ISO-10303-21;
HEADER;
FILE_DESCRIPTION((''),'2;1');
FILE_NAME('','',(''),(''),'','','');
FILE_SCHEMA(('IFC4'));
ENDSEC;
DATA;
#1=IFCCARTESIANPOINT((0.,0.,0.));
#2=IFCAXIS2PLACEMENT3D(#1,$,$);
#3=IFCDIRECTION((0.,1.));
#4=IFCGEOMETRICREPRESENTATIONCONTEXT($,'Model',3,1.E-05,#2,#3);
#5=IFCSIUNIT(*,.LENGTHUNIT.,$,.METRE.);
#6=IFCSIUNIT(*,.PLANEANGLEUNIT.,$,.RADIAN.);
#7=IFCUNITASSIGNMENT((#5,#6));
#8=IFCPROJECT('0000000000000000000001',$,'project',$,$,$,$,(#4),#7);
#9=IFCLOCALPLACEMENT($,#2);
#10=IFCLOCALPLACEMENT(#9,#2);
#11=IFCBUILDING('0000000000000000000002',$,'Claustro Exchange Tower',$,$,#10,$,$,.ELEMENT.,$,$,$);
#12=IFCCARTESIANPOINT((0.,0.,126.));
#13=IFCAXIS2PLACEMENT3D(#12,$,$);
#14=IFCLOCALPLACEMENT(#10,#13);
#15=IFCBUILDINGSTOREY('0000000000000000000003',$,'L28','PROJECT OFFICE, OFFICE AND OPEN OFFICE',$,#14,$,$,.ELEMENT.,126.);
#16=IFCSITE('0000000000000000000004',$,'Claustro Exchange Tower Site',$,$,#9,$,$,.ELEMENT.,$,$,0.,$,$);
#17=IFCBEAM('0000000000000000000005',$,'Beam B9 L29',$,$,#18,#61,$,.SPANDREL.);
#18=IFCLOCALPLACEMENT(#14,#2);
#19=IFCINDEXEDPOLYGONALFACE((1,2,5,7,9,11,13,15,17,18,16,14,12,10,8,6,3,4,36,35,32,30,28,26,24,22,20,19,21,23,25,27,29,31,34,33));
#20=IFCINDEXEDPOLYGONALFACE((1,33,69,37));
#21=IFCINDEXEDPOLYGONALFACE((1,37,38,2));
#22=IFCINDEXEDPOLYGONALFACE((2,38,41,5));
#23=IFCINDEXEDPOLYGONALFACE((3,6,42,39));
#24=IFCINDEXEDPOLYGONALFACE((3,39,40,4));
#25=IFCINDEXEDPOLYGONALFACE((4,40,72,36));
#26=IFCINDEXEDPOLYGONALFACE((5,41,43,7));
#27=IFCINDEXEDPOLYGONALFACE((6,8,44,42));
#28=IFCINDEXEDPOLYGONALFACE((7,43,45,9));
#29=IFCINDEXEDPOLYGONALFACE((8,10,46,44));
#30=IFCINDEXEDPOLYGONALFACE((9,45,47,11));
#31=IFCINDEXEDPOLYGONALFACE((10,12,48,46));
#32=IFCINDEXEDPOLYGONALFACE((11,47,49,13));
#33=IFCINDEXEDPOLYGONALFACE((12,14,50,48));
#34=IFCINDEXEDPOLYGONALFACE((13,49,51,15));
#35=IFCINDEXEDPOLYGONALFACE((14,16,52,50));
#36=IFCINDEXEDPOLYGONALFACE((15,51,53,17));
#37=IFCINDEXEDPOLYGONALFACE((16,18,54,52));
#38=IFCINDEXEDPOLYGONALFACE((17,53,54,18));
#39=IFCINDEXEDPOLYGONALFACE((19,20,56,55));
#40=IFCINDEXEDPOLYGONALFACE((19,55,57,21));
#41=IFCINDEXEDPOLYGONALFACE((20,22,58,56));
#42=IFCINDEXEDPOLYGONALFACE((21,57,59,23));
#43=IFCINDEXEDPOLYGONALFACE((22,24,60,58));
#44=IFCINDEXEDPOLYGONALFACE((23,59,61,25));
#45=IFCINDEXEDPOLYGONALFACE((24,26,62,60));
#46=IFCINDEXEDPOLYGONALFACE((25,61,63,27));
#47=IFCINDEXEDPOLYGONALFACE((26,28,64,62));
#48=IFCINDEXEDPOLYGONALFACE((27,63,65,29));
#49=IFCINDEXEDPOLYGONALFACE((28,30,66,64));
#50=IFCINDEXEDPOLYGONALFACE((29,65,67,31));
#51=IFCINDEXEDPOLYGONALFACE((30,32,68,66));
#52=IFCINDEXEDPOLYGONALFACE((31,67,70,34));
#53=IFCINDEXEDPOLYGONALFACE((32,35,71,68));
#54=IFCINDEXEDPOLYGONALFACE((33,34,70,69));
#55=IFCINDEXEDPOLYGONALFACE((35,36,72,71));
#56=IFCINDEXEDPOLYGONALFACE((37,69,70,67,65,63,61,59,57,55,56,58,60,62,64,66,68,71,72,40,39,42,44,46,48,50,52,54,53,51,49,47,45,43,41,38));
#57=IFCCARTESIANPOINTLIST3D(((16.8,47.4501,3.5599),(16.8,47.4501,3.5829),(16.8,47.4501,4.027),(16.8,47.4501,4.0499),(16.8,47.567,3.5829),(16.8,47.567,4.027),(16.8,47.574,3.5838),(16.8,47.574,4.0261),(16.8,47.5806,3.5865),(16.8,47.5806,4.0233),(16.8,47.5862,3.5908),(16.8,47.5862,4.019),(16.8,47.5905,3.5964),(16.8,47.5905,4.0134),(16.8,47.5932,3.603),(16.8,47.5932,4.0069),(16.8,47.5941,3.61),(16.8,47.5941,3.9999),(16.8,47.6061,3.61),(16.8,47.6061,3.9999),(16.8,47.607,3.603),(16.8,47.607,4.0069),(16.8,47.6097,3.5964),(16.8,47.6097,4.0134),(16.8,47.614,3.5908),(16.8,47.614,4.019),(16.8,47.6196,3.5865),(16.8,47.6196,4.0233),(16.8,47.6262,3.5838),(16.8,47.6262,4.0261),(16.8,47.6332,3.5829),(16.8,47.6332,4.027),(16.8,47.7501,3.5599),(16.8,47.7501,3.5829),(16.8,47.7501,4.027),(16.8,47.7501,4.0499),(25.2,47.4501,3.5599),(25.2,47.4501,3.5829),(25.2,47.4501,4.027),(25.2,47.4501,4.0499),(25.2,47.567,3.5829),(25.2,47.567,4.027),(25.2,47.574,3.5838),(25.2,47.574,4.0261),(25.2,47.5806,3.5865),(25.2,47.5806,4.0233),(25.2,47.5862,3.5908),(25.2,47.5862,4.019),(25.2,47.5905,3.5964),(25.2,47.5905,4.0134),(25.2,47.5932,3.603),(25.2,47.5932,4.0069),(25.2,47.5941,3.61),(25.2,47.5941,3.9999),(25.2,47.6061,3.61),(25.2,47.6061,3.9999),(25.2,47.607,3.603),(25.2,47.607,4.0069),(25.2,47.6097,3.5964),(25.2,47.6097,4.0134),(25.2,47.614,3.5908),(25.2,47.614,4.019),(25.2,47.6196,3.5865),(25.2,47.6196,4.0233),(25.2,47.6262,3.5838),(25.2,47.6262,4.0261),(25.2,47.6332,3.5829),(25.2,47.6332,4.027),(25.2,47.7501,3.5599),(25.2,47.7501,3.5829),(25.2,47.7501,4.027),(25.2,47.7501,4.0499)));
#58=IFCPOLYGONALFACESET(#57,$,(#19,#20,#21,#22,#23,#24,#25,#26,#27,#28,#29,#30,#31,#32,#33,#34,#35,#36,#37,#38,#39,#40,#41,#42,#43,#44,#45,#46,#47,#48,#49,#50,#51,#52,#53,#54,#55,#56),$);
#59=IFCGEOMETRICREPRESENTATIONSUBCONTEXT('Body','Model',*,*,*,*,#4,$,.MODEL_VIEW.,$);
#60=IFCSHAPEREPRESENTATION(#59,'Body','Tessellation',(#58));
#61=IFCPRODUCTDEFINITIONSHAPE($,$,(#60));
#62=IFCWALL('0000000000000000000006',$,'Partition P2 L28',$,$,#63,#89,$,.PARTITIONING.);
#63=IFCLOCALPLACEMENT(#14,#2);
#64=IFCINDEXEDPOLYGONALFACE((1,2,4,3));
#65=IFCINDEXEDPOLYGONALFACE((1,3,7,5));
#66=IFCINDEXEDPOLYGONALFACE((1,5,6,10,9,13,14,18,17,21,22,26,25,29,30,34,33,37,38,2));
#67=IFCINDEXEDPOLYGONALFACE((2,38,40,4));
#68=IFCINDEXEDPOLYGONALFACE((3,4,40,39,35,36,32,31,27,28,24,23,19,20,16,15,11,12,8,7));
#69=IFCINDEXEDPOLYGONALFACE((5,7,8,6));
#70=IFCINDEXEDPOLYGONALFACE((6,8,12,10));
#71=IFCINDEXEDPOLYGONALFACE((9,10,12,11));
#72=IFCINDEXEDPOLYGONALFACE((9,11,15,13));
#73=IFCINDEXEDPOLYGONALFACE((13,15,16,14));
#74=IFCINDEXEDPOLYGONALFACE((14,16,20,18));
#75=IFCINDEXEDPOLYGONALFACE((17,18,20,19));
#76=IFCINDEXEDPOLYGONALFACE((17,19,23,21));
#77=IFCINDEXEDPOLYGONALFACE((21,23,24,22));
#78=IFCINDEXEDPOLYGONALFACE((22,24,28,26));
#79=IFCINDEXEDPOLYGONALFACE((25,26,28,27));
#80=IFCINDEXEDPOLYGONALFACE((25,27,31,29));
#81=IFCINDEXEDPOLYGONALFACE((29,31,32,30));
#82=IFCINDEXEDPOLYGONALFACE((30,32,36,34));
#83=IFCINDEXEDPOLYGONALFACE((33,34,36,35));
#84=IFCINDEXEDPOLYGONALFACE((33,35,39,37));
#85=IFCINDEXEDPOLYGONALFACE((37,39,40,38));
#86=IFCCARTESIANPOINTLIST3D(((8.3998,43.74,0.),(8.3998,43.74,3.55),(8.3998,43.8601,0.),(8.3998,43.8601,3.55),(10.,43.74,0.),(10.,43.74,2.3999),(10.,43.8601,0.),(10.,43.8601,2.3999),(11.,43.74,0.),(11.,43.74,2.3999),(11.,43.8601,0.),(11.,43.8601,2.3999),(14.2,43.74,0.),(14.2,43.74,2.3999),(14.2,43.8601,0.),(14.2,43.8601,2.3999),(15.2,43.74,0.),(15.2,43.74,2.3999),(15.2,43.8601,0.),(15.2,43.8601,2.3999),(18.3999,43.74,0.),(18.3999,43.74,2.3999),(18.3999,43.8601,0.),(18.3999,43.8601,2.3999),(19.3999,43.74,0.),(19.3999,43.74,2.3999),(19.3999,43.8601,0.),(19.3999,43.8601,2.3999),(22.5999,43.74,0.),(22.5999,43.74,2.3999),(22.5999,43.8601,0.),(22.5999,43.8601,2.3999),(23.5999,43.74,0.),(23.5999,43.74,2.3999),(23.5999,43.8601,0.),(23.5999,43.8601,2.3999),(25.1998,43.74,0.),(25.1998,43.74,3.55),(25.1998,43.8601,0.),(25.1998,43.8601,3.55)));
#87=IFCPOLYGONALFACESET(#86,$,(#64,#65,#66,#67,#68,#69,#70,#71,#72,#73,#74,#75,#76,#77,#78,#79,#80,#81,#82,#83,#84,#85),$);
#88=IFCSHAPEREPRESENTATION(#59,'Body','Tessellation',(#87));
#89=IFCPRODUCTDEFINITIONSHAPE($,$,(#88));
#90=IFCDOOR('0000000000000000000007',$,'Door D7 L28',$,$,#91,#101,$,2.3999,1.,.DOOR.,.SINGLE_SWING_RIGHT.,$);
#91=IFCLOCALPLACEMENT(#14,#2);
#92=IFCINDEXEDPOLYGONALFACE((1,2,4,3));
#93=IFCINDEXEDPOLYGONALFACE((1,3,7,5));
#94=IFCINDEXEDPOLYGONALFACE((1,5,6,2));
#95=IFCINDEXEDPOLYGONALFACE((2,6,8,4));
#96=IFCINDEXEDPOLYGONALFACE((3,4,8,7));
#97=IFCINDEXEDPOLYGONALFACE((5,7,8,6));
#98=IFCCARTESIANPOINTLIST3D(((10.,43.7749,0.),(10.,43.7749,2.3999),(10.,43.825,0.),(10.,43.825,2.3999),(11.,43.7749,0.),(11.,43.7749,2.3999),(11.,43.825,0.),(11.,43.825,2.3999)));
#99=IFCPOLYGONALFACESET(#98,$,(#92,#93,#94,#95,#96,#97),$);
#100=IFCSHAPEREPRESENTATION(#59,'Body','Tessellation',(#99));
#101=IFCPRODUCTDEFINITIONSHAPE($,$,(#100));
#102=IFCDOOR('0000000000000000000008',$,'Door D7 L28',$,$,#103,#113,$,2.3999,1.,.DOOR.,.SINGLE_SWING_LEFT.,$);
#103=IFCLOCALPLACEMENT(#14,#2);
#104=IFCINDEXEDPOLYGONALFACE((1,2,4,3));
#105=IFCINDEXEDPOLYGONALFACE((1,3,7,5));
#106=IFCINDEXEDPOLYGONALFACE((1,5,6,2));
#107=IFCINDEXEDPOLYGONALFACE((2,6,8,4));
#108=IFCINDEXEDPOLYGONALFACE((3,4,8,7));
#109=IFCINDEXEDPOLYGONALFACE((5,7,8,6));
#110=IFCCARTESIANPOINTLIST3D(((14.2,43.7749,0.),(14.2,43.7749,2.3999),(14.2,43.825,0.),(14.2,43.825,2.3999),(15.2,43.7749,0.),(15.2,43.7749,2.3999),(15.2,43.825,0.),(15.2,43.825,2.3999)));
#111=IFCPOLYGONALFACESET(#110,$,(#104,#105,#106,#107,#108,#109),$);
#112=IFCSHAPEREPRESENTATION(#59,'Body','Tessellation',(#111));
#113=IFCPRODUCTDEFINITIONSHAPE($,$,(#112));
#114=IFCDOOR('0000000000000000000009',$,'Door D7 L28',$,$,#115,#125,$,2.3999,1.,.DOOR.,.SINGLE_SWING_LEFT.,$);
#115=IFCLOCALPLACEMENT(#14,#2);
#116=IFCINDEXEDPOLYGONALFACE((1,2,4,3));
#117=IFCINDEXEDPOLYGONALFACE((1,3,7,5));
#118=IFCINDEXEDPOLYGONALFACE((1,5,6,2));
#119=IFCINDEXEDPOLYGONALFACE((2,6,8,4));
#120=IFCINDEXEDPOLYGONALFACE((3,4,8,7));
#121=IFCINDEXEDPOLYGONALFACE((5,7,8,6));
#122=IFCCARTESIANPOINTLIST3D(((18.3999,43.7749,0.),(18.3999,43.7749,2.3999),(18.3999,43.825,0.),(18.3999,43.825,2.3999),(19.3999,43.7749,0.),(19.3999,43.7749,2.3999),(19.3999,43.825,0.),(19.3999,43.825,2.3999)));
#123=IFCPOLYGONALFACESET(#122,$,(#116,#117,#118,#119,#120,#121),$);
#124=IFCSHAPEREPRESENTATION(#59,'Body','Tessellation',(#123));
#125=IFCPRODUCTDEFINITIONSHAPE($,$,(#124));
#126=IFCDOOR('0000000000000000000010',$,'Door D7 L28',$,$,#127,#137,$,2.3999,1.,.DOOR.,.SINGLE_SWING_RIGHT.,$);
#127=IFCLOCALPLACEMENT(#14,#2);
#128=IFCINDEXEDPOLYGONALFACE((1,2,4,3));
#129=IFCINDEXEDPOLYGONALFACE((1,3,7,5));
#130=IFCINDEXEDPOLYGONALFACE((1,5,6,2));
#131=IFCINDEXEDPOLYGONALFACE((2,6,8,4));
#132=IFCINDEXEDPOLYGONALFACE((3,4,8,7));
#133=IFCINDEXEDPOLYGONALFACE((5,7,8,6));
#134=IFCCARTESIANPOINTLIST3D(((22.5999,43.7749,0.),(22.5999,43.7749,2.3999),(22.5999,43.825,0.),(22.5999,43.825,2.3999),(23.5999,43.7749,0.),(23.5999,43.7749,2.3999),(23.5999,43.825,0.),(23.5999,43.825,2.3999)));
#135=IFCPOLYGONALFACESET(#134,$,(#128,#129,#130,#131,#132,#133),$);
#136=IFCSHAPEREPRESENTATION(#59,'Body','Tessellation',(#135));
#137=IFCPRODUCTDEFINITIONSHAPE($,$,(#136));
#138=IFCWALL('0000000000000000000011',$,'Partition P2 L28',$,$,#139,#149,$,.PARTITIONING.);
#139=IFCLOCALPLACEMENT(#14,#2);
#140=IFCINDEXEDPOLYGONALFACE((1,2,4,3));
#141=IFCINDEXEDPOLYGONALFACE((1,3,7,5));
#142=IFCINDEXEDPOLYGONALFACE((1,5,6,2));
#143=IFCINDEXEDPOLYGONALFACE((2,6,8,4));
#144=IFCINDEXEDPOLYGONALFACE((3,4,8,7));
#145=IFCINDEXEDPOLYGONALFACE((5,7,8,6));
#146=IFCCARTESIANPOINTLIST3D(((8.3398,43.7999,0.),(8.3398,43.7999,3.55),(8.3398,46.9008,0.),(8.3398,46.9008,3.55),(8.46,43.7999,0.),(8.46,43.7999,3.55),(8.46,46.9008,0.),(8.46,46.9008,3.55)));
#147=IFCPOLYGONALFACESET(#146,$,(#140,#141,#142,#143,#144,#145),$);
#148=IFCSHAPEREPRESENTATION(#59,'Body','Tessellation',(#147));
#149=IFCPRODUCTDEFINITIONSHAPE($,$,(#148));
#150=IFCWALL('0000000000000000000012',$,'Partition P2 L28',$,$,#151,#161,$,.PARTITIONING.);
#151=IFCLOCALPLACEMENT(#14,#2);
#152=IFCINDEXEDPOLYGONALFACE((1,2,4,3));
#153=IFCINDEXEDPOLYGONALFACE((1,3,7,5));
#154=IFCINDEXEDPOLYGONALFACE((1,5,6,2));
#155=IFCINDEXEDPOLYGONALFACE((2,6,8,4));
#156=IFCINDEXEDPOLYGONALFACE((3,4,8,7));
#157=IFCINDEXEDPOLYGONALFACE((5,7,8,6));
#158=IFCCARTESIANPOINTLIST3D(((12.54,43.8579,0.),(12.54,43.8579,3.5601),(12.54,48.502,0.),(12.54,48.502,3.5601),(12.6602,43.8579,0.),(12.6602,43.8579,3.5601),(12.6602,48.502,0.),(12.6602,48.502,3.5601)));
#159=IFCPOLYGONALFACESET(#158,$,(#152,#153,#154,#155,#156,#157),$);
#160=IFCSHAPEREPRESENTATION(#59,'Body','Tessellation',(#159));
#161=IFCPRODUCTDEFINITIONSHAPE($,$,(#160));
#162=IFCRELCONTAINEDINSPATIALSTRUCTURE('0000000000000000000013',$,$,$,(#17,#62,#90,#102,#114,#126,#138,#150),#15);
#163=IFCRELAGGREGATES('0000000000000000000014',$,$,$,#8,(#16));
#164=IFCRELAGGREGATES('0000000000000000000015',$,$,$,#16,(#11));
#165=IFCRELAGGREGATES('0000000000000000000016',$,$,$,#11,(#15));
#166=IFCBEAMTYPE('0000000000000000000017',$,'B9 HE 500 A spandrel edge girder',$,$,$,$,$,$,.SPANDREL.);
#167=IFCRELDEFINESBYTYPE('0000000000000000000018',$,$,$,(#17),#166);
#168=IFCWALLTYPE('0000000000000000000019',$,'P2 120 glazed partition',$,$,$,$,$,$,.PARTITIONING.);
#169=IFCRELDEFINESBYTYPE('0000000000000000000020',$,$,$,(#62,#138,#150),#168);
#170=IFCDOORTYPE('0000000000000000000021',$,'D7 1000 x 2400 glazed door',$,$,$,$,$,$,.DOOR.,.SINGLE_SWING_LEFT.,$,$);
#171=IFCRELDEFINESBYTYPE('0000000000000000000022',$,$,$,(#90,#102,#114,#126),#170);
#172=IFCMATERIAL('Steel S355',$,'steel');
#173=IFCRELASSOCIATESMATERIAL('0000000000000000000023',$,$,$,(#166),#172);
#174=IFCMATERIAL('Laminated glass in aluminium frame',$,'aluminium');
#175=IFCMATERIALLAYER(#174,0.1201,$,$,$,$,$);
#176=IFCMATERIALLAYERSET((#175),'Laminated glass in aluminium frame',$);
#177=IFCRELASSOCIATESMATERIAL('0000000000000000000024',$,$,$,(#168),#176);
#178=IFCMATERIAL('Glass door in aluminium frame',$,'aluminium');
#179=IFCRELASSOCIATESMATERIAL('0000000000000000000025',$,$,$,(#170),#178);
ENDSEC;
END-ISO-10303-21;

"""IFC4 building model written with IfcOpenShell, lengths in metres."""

from ifc_helpers import new_model, si_unit, direction, frame, frame_2d, origin, origin_2d, place, context, subcontext, project, spatial, rectangle, i_section, extrude, material, layer, layer_set, material_profile, profile_set, type_object, element, fill, save


model = new_model("IFC4")

# Units and contexts
model_context = context("Model", 3, precision=1e-05, world=origin(), true_north=direction((0.0, 1.0)))
body_context = subcontext(model_context, "Body", "Model", "MODEL_VIEW")
ifc_project = project(units=[si_unit("LENGTHUNIT", "METRE"), si_unit("PLANEANGLEUNIT", "RADIAN")], contexts=[model_context])

# Site, building, storey
site_placement = place(None, origin())
site = spatial("IfcSite", under=ifc_project, at=site_placement, Name="Claustro Exchange Tower Site", CompositionType="ELEMENT", RefElevation=0.0)
building_placement = place(site_placement, origin())
building = spatial("IfcBuilding", under=site, at=building_placement, Name="Claustro Exchange Tower", CompositionType="ELEMENT")
storey_placement = place(building_placement, frame((0.0, 0.0, 126.0)))
storey = spatial("IfcBuildingStorey", under=building, at=storey_placement, Name="L28", Description="PROJECT OFFICE, OFFICE AND OPEN OFFICE", CompositionType="ELEMENT", Elevation=126.0)

# Beam
ifc_material_1 = material(Name="Steel S355", Category="steel")
ifc_material_profile_1 = material_profile(ifc_material_1, i_section(OverallWidth=0.3, OverallDepth=0.49, WebThickness=0.012, FlangeThickness=0.0229, FilletRadius=0.0271, at=origin_2d()), Name="HE 500 A")
ifc_profile_set_1 = profile_set([ifc_material_profile_1], Name="Steel S355")
beam_type_1 = type_object("IfcBeamType", Name="B9 HE 500 A spandrel edge girder", PredefinedType="SPANDREL", material=ifc_profile_set_1)
beam_1_placement = place(storey_placement, frame((16.8, 47.6001, 3.8049), z_axis=(1.0, 0.0, 0.0), x_axis=(0.0, 1.0, 0.0)))
element("IfcBeam", 1, at=beam_1_placement, inside=storey, type_object=beam_type_1, Name="Beam B9 L29", PredefinedType="SPANDREL", context=body_context, shape_type="SweptSolid", body=[
    extrude(i_section(OverallWidth=0.3, OverallDepth=0.49, WebThickness=0.012, FlangeThickness=0.0229, FilletRadius=0.0271, at=origin_2d()), origin(), (0.0, 0.0, 1.0), 8.3999),
])

# Wall, openings, doors
ifc_material_2 = material(Name="Laminated glass in aluminium frame", Category="aluminium")
ifc_layer_1 = layer(ifc_material_2, 0.1201)
ifc_layer_set_1 = layer_set([ifc_layer_1], Name="Laminated glass in aluminium frame")
wall_type_1 = type_object("IfcWallType", Name="P2 120 glazed partition", PredefinedType="PARTITIONING", material=ifc_layer_set_1)
wall_1_placement = place(storey_placement, frame((8.3999, 43.8, 0.0), z_axis=(0.0, 0.0, 1.0), x_axis=(1.0, 0.0, 0.0)))
wall_1 = element("IfcWall", 2, at=wall_1_placement, inside=storey, type_object=wall_type_1, Name="Partition P2 L28", PredefinedType="PARTITIONING", context=body_context, shape_type="SweptSolid", body=[
    extrude(rectangle(XDim=16.8, YDim=0.1201, at=frame_2d((8.3999, 0.0))), origin(), (0.0, 0.0, 1.0), 3.55),
])
opening_1_placement = place(wall_1_placement, frame((1.6001, 0.0, 0.0)))
opening_1 = element("IfcOpeningElement", 3, at=opening_1_placement, cuts=wall_1, PredefinedType="OPENING", context=body_context, shape_type="SweptSolid", body=[
    extrude(rectangle(XDim=1.0, YDim=2.3999, at=frame_2d((0.5, 1.2))), frame((0.0, 0.0701, 0.0), z_axis=(0.0, -1.0, 0.0), x_axis=(1.0, 0.0, 0.0)), (0.0, 0.0, 1.0), 0.1401),
])
opening_2_placement = place(wall_1_placement, frame((5.8, 0.0, 0.0)))
opening_2 = element("IfcOpeningElement", 4, at=opening_2_placement, cuts=wall_1, PredefinedType="OPENING", context=body_context, shape_type="SweptSolid", body=[
    extrude(rectangle(XDim=1.0, YDim=2.3999, at=frame_2d((0.5, 1.2))), frame((0.0, 0.0701, 0.0), z_axis=(0.0, -1.0, 0.0), x_axis=(1.0, 0.0, 0.0)), (0.0, 0.0, 1.0), 0.1401),
])
opening_3_placement = place(wall_1_placement, frame((10.0, 0.0, 0.0)))
opening_3 = element("IfcOpeningElement", 5, at=opening_3_placement, cuts=wall_1, PredefinedType="OPENING", context=body_context, shape_type="SweptSolid", body=[
    extrude(rectangle(XDim=1.0, YDim=2.3999, at=frame_2d((0.5, 1.2))), frame((0.0, 0.0701, 0.0), z_axis=(0.0, -1.0, 0.0), x_axis=(1.0, 0.0, 0.0)), (0.0, 0.0, 1.0), 0.1401),
])
opening_4_placement = place(wall_1_placement, frame((14.2, 0.0, 0.0)))
opening_4 = element("IfcOpeningElement", 6, at=opening_4_placement, cuts=wall_1, PredefinedType="OPENING", context=body_context, shape_type="SweptSolid", body=[
    extrude(rectangle(XDim=1.0, YDim=2.3999, at=frame_2d((0.5, 1.2))), frame((0.0, 0.0701, 0.0), z_axis=(0.0, -1.0, 0.0), x_axis=(1.0, 0.0, 0.0)), (0.0, 0.0, 1.0), 0.1401),
])
ifc_material_3 = material(Name="Glass door in aluminium frame", Category="aluminium")
door_type = type_object("IfcDoorType", Name="D7 1000 x 2400 glazed door", OperationType="SINGLE_SWING_LEFT", PredefinedType="DOOR", material=ifc_material_3)
door_1_placement = place(opening_1_placement, origin())
door_1 = element("IfcDoor", 7, at=door_1_placement, inside=storey, type_object=door_type, Name="Door D7 L28", OperationType="SINGLE_SWING_RIGHT", OverallHeight=2.3999, OverallWidth=1.0, PredefinedType="DOOR", context=body_context, shape_type="SweptSolid", body=[
    extrude(rectangle(XDim=1.0, YDim=2.3999, at=frame_2d((0.5, 1.2))), frame((0.0, 0.0249, 0.0), z_axis=(0.0, -1.0, 0.0), x_axis=(1.0, 0.0, 0.0)), (0.0, 0.0, 1.0), 0.05),
])
fill(opening_1, door_1)
door_2_placement = place(opening_2_placement, origin())
door_2 = element("IfcDoor", 8, at=door_2_placement, inside=storey, type_object=door_type, Name="Door D7 L28", OperationType="SINGLE_SWING_LEFT", OverallHeight=2.3999, OverallWidth=1.0, PredefinedType="DOOR", context=body_context, shape_type="SweptSolid", body=[
    extrude(rectangle(XDim=1.0, YDim=2.3999, at=frame_2d((0.5, 1.2))), frame((0.0, 0.0249, 0.0), z_axis=(0.0, -1.0, 0.0), x_axis=(1.0, 0.0, 0.0)), (0.0, 0.0, 1.0), 0.05),
])
fill(opening_2, door_2)
door_3_placement = place(opening_3_placement, origin())
door_3 = element("IfcDoor", 9, at=door_3_placement, inside=storey, type_object=door_type, Name="Door D7 L28", OperationType="SINGLE_SWING_LEFT", OverallHeight=2.3999, OverallWidth=1.0, PredefinedType="DOOR", context=body_context, shape_type="SweptSolid", body=[
    extrude(rectangle(XDim=1.0, YDim=2.3999, at=frame_2d((0.5, 1.2))), frame((0.0, 0.0249, 0.0), z_axis=(0.0, -1.0, 0.0), x_axis=(1.0, 0.0, 0.0)), (0.0, 0.0, 1.0), 0.05),
])
fill(opening_3, door_3)
door_4_placement = place(opening_4_placement, origin())
door_4 = element("IfcDoor", 10, at=door_4_placement, inside=storey, type_object=door_type, Name="Door D7 L28", OperationType="SINGLE_SWING_RIGHT", OverallHeight=2.3999, OverallWidth=1.0, PredefinedType="DOOR", context=body_context, shape_type="SweptSolid", body=[
    extrude(rectangle(XDim=1.0, YDim=2.3999, at=frame_2d((0.5, 1.2))), frame((0.0, 0.0249, 0.0), z_axis=(0.0, -1.0, 0.0), x_axis=(1.0, 0.0, 0.0)), (0.0, 0.0, 1.0), 0.05),
])
fill(opening_4, door_4)

# Walls
wall_2_placement = place(storey_placement, frame((8.3999, 43.8, 0.0), z_axis=(0.0, 0.0, 1.0), x_axis=(0.0, 1.0, 0.0)))
element("IfcWall", 11, at=wall_2_placement, inside=storey, type_object=wall_type_1, Name="Partition P2 L28", PredefinedType="PARTITIONING", context=body_context, shape_type="SweptSolid", body=[
    extrude(rectangle(XDim=3.1008, YDim=0.1201, at=frame_2d((1.5503, 0.0))), origin(), (0.0, 0.0, 1.0), 3.55),
])
wall_3_placement = place(storey_placement, frame((12.6001, 43.8579, 0.0), z_axis=(0.0, 0.0, 1.0), x_axis=(0.0, 1.0, 0.0)))
element("IfcWall", 12, at=wall_3_placement, inside=storey, type_object=wall_type_1, Name="Partition P2 L28", PredefinedType="PARTITIONING", context=body_context, shape_type="SweptSolid", body=[
    extrude(rectangle(XDim=4.644, YDim=0.1201, at=frame_2d((2.322, 0.0))), origin(), (0.0, 0.0, 1.0), 3.5601),
])

save(model, "model.ifc")
